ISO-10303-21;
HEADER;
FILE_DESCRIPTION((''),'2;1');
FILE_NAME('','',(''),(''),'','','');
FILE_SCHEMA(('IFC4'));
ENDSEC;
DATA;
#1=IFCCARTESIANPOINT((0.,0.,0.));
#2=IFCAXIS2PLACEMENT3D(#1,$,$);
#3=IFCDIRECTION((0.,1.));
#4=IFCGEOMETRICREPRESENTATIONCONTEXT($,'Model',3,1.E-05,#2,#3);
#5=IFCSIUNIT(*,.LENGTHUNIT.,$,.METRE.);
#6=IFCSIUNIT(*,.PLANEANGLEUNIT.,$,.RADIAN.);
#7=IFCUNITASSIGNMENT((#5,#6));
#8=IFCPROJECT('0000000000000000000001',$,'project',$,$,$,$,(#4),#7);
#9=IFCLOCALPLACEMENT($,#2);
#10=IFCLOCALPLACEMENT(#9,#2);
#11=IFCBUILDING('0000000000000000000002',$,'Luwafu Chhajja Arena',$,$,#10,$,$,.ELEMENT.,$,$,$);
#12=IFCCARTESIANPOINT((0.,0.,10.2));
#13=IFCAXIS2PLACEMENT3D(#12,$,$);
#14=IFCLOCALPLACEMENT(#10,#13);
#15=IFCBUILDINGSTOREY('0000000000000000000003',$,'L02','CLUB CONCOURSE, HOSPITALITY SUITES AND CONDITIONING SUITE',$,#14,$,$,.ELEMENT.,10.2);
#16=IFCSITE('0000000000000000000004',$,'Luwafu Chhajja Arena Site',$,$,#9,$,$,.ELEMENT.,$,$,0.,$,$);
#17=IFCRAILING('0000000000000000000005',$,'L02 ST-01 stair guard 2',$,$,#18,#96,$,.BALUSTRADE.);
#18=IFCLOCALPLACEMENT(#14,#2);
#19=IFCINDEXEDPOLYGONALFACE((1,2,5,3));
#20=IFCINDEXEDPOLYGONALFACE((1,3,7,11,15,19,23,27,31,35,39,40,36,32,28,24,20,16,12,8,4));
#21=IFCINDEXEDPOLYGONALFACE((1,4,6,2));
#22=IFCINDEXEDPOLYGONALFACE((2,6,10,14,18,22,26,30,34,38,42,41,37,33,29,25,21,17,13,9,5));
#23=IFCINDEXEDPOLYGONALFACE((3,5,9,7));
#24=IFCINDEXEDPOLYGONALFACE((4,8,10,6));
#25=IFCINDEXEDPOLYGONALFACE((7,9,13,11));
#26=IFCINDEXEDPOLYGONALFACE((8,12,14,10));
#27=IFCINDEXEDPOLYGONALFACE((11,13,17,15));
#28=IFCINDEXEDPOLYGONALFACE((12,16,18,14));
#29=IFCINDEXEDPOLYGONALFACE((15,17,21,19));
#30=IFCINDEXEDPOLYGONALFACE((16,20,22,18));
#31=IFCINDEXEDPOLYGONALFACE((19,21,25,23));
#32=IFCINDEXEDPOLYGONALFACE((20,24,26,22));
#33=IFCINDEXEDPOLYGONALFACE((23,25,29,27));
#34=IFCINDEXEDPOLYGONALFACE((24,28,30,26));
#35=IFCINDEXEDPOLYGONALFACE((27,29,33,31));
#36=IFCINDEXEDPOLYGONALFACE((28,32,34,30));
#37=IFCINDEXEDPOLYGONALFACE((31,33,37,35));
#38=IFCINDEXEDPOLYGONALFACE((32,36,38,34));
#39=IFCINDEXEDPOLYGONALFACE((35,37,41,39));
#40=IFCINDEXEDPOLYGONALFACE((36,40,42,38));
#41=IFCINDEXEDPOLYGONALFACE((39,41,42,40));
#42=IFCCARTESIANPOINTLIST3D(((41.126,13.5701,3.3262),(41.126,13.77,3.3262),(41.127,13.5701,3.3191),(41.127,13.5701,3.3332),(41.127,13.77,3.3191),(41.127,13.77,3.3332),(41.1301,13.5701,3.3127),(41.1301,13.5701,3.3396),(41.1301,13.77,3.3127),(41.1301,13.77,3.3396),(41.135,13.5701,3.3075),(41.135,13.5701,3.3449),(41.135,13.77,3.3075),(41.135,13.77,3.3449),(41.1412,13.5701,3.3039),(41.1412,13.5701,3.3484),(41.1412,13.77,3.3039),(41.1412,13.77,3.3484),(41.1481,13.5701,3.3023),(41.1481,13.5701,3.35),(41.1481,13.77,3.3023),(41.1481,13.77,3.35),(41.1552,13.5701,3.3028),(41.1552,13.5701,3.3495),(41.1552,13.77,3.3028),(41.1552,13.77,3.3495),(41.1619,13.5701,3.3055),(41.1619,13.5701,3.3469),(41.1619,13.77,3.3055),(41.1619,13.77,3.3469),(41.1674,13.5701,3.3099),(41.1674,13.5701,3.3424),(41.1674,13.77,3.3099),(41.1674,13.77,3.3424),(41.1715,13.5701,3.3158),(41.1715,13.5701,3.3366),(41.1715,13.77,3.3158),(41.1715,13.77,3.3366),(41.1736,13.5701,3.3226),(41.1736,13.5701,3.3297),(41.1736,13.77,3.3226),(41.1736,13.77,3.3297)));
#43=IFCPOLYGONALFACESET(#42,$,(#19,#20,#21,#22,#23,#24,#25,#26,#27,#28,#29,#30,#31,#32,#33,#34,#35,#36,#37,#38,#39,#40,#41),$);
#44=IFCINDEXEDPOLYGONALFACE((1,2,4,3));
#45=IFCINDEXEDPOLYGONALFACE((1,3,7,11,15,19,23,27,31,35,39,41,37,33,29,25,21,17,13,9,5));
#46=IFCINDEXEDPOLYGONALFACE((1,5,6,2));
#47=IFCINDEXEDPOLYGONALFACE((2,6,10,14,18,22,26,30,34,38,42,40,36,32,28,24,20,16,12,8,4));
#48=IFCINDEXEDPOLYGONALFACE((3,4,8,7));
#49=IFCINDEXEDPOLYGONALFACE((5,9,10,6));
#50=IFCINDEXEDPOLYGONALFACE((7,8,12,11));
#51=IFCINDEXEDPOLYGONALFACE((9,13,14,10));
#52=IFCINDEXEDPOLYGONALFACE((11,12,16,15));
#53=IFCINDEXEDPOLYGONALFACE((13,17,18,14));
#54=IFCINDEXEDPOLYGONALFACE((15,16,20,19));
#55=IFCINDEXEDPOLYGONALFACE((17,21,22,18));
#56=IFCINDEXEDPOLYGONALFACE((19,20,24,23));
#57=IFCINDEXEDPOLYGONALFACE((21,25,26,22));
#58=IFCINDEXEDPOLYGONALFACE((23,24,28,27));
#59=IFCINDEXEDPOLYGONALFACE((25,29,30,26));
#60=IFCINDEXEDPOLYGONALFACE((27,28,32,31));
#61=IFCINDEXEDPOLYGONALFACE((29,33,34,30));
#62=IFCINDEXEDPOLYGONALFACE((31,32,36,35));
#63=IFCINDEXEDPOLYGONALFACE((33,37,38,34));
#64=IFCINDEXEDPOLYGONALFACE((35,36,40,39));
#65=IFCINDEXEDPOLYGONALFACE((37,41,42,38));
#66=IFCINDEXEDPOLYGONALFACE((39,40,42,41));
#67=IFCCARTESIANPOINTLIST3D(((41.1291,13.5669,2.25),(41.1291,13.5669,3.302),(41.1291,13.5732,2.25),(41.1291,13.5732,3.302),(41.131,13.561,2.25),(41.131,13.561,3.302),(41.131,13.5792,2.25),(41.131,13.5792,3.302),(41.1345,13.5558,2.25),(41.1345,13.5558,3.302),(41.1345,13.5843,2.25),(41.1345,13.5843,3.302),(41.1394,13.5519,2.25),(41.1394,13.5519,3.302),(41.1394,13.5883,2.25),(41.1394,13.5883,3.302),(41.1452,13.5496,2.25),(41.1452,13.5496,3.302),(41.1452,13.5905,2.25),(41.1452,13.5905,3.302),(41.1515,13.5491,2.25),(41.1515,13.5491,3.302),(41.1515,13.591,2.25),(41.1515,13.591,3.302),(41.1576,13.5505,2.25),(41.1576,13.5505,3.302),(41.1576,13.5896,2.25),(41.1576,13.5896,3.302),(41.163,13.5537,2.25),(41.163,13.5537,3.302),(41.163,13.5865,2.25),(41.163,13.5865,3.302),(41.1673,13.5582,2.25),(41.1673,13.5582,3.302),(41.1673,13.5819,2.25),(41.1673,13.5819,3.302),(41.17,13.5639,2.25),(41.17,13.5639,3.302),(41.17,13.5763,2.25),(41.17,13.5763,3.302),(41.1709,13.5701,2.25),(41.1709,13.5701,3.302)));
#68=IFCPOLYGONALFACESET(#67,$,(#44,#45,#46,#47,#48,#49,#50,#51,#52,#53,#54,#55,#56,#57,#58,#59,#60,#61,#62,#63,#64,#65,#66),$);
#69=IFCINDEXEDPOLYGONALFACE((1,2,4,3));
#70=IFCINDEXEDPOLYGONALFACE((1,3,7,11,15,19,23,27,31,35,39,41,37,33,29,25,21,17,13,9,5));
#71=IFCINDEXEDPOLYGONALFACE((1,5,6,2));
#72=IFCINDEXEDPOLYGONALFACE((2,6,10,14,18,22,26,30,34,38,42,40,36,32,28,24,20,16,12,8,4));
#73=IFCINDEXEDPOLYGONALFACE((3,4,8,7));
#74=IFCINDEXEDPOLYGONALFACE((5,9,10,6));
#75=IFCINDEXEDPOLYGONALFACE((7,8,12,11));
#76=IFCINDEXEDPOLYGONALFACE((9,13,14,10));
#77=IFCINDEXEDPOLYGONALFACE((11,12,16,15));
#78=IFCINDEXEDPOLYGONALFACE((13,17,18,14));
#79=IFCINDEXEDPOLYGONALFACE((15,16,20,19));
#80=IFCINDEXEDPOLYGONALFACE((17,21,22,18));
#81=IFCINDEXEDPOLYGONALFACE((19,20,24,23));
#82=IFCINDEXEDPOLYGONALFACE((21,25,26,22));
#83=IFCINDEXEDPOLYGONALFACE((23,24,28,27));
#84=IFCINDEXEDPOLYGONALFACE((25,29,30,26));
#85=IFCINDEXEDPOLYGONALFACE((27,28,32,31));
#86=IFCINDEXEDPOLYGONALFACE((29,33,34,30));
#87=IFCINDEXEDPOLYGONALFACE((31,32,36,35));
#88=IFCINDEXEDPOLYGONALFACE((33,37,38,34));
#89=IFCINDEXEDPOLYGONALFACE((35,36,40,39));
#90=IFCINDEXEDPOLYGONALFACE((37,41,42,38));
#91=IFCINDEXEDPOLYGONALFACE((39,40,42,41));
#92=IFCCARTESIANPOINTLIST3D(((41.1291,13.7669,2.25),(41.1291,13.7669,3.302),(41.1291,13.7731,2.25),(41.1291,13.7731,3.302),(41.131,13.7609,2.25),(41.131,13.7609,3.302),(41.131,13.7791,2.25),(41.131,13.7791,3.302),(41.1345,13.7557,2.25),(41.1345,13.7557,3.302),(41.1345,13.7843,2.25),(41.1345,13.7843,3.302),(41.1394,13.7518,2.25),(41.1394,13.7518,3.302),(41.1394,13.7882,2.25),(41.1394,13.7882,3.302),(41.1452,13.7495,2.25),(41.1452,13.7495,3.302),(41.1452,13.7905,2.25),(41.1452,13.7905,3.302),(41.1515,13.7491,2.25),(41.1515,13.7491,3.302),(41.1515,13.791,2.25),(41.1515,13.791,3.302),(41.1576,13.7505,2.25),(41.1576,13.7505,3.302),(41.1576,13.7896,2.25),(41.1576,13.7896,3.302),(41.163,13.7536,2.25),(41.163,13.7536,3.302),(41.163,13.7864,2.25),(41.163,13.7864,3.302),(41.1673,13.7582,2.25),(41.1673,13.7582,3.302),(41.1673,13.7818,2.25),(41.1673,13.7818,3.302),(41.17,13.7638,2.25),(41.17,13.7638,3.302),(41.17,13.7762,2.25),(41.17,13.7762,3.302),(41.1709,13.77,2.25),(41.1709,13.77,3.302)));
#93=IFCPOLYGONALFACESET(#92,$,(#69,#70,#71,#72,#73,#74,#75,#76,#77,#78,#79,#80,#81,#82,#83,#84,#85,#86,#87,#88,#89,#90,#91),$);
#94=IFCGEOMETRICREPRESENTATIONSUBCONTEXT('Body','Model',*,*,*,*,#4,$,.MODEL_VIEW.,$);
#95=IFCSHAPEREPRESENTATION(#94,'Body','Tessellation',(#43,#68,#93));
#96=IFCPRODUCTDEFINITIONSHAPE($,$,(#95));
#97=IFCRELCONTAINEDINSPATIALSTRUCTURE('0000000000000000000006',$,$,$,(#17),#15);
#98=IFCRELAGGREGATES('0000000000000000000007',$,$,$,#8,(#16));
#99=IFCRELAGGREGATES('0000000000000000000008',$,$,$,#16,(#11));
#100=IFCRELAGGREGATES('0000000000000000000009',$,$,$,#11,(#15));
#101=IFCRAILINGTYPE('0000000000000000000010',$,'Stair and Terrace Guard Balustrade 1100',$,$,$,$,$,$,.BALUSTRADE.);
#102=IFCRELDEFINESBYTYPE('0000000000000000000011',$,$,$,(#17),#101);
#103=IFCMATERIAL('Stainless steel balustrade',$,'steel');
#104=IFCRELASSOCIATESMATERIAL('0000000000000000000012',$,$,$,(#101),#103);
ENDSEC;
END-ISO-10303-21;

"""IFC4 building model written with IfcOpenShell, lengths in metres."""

from ifc_helpers import new_model, si_unit, direction, frame, origin, origin_2d, place, context, subcontext, project, spatial, circle, extrude, material, type_object, element, save


model = new_model("IFC4")

# Units and contexts
model_context = context("Model", 3, precision=1e-05, world=origin(), true_north=direction((0.0, 1.0)))
body_context = subcontext(model_context, "Body", "Model", "MODEL_VIEW")
ifc_project = project(units=[si_unit("LENGTHUNIT", "METRE"), si_unit("PLANEANGLEUNIT", "RADIAN")], contexts=[model_context])

# Site, building, storey
site_placement = place(None, origin())
site = spatial("IfcSite", under=ifc_project, at=site_placement, Name="Luwafu Chhajja Arena Site", CompositionType="ELEMENT", RefElevation=0.0)
building_placement = place(site_placement, origin())
building = spatial("IfcBuilding", under=site, at=building_placement, Name="Luwafu Chhajja Arena", CompositionType="ELEMENT")
storey_placement = place(building_placement, frame((0.0, 0.0, 10.2)))
storey = spatial("IfcBuildingStorey", under=building, at=storey_placement, Name="L02", Description="CLUB CONCOURSE, HOSPITALITY SUITES AND CONDITIONING SUITE", CompositionType="ELEMENT", Elevation=10.2)

# Railing
ifc_material_1 = material(Name="Stainless steel balustrade", Category="steel")
railing_type_1 = type_object("IfcRailingType", Name="Stair and Terrace Guard Balustrade 1100", PredefinedType="BALUSTRADE", material=ifc_material_1)
railing_1_placement = place(storey_placement, frame((41.1499, 13.5701, 2.25)))
element("IfcRailing", 1, at=railing_1_placement, inside=storey, type_object=railing_type_1, Name="L02 ST-01 stair guard 2", PredefinedType="BALUSTRADE", context=body_context, shape_type="SweptSolid", body=[
    extrude(circle(Radius=0.0239, at=origin_2d()), frame((0.0, 0.0, 1.0762), z_axis=(0.0, 1.0, 0.0), x_axis=(-1.0, 0.0, 0.0)), (0.0, 0.0, 1.0), 0.2),
    extrude(circle(Radius=0.021, at=origin_2d()), origin(), (0.0, 0.0, 1.0), 1.052),
    extrude(circle(Radius=0.021, at=origin_2d()), frame((0.0, 0.2, 0.0)), (0.0, 0.0, 1.0), 1.052),
])

save(model, "model.ifc")
